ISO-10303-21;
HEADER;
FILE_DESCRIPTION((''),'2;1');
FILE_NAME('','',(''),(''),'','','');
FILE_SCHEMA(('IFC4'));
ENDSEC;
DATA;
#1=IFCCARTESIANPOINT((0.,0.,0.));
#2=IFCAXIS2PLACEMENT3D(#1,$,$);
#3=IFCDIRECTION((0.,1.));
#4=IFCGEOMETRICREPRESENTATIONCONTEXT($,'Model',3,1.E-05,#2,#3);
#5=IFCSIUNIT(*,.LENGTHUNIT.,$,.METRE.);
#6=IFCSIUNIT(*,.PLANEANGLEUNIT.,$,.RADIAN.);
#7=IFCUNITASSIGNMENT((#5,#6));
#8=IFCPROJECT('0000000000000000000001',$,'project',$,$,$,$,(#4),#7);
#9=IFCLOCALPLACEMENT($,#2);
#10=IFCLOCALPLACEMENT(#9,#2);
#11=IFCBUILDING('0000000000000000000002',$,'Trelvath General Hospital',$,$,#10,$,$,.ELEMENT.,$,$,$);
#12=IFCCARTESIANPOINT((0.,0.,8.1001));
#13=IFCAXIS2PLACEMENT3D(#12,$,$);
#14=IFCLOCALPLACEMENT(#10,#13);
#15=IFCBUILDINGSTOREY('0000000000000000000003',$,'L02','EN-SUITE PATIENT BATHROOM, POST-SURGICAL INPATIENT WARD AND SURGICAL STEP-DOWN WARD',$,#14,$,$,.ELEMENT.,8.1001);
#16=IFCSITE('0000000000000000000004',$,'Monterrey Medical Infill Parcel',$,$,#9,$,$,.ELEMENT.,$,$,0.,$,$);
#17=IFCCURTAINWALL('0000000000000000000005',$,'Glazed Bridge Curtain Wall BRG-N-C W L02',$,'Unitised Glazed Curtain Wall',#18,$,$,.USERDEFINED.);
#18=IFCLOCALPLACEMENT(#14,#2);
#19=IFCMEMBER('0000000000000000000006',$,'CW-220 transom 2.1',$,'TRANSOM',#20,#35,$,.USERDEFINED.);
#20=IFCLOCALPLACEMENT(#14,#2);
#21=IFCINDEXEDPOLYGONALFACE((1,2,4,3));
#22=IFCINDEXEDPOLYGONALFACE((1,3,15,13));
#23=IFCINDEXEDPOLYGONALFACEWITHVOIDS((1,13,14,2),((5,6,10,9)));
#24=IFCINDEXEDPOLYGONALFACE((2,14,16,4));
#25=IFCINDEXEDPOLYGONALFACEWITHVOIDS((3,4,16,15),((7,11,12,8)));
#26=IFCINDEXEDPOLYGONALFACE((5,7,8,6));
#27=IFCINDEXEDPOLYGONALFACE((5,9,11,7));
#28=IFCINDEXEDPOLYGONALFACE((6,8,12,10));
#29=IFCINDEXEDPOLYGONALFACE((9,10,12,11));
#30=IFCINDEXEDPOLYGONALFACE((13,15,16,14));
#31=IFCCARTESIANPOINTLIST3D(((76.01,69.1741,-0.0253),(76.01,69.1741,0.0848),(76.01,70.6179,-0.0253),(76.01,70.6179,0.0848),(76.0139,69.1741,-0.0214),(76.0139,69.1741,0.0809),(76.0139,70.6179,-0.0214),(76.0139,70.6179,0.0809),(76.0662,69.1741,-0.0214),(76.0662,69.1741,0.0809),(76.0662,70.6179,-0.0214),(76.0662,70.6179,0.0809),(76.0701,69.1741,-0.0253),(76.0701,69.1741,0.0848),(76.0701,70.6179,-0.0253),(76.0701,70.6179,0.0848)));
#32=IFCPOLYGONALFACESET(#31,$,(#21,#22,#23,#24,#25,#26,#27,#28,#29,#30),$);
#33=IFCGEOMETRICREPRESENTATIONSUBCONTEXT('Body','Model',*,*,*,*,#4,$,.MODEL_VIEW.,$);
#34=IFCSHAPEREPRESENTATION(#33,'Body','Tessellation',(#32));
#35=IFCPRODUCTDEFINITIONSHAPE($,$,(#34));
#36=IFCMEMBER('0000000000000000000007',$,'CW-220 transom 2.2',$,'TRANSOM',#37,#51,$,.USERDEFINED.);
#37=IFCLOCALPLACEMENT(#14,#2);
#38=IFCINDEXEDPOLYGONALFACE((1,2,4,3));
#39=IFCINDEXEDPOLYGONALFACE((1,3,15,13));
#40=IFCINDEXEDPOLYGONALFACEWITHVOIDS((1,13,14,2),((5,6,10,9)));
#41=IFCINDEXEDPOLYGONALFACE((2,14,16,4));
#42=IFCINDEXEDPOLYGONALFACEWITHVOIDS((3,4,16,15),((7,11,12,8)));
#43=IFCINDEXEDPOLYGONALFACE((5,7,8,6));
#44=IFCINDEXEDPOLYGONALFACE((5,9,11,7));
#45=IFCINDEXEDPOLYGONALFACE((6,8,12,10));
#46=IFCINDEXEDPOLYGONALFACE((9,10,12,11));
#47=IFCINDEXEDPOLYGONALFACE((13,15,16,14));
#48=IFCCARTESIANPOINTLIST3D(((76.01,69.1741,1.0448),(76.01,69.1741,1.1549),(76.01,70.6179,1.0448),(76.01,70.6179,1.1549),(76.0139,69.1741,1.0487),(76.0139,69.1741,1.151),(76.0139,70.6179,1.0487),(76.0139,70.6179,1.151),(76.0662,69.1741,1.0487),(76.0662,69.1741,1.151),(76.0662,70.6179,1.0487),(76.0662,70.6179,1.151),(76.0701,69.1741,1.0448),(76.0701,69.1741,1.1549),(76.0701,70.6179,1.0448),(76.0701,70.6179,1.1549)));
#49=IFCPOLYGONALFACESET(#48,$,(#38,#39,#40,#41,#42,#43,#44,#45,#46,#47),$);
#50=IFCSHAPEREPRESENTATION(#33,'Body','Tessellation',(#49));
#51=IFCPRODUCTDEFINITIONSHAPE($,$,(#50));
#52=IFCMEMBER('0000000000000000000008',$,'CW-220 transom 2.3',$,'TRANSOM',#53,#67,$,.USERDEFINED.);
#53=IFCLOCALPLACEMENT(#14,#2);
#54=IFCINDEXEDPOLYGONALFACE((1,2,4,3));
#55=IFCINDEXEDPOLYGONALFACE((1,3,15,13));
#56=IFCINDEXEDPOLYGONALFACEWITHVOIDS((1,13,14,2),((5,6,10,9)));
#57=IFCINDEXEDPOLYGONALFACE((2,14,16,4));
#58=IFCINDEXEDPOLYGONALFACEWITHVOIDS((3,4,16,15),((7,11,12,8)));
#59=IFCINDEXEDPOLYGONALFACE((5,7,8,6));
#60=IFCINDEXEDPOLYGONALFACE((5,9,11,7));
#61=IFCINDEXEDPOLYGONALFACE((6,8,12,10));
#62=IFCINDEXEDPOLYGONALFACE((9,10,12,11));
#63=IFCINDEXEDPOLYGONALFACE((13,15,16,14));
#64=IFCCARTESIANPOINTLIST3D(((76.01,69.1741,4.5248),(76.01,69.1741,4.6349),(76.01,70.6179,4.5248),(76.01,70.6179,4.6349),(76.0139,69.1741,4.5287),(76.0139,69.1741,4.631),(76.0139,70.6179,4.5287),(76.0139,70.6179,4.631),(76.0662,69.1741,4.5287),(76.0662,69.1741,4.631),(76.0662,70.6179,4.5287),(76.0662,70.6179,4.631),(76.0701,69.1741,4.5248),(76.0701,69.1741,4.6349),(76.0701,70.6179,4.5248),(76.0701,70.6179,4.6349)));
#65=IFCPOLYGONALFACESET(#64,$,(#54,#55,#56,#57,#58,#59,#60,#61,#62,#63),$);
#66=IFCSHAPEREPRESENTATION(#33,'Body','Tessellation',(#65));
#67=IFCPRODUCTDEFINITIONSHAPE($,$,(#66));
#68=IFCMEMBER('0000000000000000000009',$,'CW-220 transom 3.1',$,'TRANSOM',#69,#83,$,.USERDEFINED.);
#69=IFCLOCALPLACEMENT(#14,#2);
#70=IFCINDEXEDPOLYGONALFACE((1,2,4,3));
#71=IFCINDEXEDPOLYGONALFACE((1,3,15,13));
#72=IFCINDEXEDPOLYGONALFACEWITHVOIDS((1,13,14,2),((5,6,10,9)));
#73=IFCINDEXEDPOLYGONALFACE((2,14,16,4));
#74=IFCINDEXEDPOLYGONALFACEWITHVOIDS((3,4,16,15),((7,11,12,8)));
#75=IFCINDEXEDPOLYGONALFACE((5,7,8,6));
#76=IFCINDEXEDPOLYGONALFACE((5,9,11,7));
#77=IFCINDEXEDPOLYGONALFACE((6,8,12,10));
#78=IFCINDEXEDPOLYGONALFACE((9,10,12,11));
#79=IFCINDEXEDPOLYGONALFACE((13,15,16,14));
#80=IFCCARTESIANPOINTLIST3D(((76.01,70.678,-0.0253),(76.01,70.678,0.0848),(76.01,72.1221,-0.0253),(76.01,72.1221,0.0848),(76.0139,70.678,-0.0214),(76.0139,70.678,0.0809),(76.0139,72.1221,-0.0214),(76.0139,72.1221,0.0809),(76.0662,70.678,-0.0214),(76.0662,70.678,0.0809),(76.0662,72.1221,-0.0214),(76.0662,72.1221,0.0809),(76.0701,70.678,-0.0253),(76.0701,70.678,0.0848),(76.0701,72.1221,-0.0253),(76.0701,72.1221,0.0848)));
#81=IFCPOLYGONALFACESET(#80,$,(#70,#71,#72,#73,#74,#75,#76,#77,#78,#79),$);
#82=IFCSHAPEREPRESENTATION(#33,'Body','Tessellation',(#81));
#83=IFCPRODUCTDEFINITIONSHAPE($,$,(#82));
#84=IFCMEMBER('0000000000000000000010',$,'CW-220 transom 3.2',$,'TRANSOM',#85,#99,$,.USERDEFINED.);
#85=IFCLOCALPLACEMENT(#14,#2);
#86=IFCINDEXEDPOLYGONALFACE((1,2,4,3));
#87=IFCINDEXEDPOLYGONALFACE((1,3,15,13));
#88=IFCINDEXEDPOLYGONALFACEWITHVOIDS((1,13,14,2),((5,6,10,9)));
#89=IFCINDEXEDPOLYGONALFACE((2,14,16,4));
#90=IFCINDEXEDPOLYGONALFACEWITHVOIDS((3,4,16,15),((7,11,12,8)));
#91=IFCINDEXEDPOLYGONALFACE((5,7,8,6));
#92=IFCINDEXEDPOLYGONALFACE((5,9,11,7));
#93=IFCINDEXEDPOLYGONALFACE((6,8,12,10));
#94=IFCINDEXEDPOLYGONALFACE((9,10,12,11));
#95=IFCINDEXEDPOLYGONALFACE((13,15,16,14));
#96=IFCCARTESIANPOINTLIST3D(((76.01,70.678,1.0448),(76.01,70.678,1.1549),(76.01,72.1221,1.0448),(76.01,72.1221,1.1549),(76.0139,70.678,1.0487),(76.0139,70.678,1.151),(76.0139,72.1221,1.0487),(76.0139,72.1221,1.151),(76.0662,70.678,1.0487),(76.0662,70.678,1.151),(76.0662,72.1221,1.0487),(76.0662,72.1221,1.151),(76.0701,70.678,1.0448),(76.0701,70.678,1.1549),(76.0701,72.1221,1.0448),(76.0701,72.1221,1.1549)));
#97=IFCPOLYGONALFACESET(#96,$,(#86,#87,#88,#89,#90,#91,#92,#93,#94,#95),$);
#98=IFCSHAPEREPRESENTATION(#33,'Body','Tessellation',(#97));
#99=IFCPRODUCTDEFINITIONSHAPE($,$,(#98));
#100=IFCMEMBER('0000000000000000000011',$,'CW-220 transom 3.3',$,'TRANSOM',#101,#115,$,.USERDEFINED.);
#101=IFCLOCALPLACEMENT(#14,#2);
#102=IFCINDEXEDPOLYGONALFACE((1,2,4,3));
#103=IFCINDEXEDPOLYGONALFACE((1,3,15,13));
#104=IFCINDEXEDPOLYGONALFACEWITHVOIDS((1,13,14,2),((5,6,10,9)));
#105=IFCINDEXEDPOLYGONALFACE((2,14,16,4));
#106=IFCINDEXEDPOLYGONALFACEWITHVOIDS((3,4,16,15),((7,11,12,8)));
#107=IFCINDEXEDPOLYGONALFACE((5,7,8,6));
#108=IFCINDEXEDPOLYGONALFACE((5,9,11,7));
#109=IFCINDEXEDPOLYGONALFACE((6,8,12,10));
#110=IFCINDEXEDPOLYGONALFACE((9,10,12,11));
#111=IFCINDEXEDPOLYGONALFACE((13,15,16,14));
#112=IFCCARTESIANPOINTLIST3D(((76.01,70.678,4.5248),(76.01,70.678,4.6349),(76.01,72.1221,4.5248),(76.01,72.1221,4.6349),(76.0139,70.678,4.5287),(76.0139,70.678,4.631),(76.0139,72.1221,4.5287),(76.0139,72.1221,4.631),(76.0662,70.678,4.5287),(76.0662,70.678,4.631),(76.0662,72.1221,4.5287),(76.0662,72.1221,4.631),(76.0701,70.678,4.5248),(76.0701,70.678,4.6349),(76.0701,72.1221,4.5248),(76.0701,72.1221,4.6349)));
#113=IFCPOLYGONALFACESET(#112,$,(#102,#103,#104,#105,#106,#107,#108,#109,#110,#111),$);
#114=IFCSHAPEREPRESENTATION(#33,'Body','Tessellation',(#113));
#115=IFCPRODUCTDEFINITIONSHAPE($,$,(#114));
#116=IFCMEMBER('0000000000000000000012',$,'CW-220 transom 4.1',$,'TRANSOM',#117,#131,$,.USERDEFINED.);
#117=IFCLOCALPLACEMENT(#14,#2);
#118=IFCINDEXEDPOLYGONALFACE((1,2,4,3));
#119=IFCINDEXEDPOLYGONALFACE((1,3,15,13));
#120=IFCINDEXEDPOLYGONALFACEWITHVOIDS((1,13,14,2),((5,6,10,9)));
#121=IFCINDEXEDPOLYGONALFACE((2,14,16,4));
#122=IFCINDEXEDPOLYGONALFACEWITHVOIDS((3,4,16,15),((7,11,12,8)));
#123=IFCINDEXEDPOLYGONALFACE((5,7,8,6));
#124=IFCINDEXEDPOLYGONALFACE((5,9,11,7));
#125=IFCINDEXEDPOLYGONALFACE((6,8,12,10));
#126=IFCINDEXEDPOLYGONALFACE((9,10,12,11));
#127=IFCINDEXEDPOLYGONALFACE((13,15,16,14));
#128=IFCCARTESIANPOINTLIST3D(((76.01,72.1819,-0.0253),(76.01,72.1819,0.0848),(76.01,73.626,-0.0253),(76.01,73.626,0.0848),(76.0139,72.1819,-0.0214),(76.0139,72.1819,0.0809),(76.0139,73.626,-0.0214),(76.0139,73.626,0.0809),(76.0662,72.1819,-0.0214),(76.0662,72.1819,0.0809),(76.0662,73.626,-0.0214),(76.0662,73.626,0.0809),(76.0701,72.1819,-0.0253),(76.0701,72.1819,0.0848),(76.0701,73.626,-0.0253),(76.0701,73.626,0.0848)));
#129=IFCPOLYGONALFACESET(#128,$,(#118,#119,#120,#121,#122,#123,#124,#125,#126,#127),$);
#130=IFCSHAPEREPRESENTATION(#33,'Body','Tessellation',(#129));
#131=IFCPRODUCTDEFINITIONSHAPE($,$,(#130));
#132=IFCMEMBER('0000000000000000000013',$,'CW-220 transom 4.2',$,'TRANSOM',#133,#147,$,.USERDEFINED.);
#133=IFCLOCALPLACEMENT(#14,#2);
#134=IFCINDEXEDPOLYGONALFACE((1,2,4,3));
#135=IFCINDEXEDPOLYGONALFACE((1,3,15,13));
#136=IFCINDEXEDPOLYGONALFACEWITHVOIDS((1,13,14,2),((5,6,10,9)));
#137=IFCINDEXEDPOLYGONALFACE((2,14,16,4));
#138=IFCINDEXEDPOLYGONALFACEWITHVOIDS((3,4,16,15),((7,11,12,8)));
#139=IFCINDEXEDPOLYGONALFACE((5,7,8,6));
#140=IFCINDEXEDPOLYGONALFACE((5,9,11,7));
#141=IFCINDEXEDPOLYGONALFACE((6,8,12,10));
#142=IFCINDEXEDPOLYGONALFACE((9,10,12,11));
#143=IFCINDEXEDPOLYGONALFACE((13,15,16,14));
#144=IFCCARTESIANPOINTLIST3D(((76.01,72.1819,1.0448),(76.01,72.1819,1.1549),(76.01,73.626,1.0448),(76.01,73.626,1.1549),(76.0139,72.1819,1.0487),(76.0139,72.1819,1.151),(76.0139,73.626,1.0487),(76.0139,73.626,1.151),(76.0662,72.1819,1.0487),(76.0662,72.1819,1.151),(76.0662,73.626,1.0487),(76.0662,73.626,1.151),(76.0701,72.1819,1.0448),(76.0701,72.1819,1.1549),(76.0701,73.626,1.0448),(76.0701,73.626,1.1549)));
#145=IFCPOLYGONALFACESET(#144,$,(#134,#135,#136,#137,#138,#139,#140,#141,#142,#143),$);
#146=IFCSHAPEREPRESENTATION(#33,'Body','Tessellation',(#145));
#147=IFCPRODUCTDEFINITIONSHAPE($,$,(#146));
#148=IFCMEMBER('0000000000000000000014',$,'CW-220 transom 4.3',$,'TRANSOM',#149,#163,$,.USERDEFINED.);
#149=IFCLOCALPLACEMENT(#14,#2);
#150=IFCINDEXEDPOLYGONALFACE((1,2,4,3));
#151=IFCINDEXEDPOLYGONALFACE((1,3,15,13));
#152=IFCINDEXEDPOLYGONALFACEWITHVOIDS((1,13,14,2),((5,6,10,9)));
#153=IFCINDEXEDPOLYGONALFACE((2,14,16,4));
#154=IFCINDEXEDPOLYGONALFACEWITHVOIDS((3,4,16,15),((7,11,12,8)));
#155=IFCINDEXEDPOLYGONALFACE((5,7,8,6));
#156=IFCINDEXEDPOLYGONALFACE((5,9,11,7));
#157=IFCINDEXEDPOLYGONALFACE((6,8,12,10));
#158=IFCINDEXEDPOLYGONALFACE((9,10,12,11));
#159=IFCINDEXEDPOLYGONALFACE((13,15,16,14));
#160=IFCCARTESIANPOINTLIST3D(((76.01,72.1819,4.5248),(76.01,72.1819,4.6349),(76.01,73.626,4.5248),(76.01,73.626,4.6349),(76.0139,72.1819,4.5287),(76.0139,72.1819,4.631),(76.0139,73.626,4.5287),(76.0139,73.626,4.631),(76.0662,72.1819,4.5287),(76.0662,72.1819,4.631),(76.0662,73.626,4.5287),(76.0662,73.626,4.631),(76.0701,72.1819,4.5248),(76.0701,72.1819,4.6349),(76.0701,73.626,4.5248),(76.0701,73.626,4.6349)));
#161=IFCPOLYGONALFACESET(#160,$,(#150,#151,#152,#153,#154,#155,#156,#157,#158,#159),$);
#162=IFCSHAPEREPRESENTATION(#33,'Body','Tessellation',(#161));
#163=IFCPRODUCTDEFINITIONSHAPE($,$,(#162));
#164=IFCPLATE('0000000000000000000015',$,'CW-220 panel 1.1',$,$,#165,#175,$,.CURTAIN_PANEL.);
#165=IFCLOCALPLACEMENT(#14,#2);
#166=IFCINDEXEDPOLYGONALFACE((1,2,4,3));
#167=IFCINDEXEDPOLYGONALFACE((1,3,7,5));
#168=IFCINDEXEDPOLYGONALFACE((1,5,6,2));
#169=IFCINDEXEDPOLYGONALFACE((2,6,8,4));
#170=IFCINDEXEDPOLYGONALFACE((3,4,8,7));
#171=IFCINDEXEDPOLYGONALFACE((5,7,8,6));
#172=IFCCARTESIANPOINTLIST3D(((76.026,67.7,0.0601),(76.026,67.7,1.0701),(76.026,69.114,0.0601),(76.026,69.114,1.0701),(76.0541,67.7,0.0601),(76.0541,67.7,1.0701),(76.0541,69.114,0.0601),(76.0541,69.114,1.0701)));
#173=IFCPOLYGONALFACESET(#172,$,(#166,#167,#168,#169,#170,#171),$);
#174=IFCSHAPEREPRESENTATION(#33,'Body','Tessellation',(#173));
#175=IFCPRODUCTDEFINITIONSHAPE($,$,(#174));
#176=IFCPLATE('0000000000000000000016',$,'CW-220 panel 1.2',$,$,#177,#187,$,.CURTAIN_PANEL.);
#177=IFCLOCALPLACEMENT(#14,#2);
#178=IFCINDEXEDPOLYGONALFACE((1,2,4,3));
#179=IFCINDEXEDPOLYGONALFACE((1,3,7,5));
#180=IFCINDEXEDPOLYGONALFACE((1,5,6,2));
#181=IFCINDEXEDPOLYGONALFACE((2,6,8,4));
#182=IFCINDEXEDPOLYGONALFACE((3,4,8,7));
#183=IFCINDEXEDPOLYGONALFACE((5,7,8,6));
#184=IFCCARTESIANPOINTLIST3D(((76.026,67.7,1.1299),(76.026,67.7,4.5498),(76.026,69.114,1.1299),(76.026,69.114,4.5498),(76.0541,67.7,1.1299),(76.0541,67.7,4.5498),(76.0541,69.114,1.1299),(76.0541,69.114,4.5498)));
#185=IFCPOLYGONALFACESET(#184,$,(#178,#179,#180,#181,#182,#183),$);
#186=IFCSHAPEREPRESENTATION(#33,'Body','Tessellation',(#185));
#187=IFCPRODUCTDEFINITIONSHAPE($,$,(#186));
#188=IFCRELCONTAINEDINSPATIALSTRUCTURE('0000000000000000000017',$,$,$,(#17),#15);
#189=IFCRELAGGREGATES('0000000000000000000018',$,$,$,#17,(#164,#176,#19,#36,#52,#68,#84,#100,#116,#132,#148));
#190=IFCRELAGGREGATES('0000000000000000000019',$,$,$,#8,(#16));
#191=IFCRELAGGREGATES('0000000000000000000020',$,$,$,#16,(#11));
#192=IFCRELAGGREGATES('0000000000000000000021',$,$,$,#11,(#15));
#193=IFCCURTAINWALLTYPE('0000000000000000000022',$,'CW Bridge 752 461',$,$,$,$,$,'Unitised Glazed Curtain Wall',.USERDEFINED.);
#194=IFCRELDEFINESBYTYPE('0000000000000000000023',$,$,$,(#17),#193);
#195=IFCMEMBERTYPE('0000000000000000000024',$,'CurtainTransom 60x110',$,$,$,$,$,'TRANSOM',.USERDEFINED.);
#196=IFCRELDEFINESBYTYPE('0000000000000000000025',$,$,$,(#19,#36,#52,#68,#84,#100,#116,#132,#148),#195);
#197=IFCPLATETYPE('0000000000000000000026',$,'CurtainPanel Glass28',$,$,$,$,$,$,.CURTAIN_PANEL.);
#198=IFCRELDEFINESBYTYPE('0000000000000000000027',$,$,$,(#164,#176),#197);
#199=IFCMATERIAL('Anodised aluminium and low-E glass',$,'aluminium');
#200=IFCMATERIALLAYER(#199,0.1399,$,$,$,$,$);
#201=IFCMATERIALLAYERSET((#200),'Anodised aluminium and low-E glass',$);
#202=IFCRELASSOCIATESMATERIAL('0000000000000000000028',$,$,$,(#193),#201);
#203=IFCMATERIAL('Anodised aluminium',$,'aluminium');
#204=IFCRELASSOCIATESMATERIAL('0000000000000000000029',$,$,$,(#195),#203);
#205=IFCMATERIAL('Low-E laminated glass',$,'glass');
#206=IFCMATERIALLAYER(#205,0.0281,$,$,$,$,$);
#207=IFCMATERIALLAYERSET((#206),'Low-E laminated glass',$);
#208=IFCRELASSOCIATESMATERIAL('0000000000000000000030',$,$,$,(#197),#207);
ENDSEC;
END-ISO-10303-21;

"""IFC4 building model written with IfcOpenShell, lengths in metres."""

from ifc_helpers import new_model, si_unit, direction, frame, origin, origin_2d, place, context, subcontext, project, spatial, rectangle, hollow_rectangle, extrude, material, layer, layer_set, material_profile, profile_set, type_object, element, aggregate, save


model = new_model("IFC4")

# Units and contexts
model_context = context("Model", 3, precision=1e-05, world=origin(), true_north=direction((0.0, 1.0)))
body_context = subcontext(model_context, "Body", "Model", "MODEL_VIEW")
ifc_project = project(units=[si_unit("LENGTHUNIT", "METRE"), si_unit("PLANEANGLEUNIT", "RADIAN")], contexts=[model_context])

# Site, building, storey
site_placement = place(None, origin())
site = spatial("IfcSite", under=ifc_project, at=site_placement, Name="Monterrey Medical Infill Parcel", CompositionType="ELEMENT", RefElevation=0.0)
building_placement = place(site_placement, origin())
building = spatial("IfcBuilding", under=site, at=building_placement, Name="Trelvath General Hospital", CompositionType="ELEMENT")
storey_placement = place(building_placement, frame((0.0, 0.0, 8.1001)))
storey = spatial("IfcBuildingStorey", under=building, at=storey_placement, Name="L02", Description="EN-SUITE PATIENT BATHROOM, POST-SURGICAL INPATIENT WARD AND SURGICAL STEP-DOWN WARD", CompositionType="ELEMENT", Elevation=8.1001)

# Curtain wall, members, plates
ifc_material_1 = material(Name="Anodised aluminium and low-E glass", Category="aluminium")
ifc_layer_1 = layer(ifc_material_1, 0.1399)
ifc_layer_set_1 = layer_set([ifc_layer_1], Name="Anodised aluminium and low-E glass")
curtain_wall_type = type_object("IfcCurtainWallType", Name="CW Bridge 752 461", ElementType="Unitised Glazed Curtain Wall", PredefinedType="USERDEFINED", material=ifc_layer_set_1)
curtain_wall_placement = place(storey_placement, origin())
curtain_wall = element("IfcCurtainWall", 1, at=curtain_wall_placement, inside=storey, type_object=curtain_wall_type, Name="Glazed Bridge Curtain Wall BRG-N-C W L02", ObjectType="Unitised Glazed Curtain Wall", PredefinedType="USERDEFINED")
ifc_material_2 = material(Name="Anodised aluminium", Category="aluminium")
ifc_material_profile_1 = material_profile(ifc_material_2, hollow_rectangle(XDim=0.0601, YDim=0.1101, WallThickness=0.0039, at=origin_2d()), Name="RHS60x110x4")
ifc_profile_set_1 = profile_set([ifc_material_profile_1], Name="Anodised aluminium")
member_type_1 = type_object("IfcMemberType", Name="CurtainTransom 60x110", ElementType="TRANSOM", PredefinedType="USERDEFINED", material=ifc_profile_set_1)
member_1_placement = place(storey_placement, frame((76.04, 69.1741, 0.0298), z_axis=(0.0, 1.0, 0.0), x_axis=(-1.0, 0.0, 0.0)))
member_1 = element("IfcMember", 2, at=member_1_placement, type_object=member_type_1, Name="CW-220 transom 2.1", ObjectType="TRANSOM", PredefinedType="USERDEFINED", context=body_context, shape_type="SweptSolid", body=[
    extrude(hollow_rectangle(XDim=0.0601, YDim=0.1101, WallThickness=0.0039, at=origin_2d()), origin(), (0.0, 0.0, 1.0), 1.4438),
])
member_2_placement = place(storey_placement, frame((76.04, 69.1741, 1.0999), z_axis=(0.0, 1.0, 0.0), x_axis=(-1.0, 0.0, 0.0)))
member_2 = element("IfcMember", 3, at=member_2_placement, type_object=member_type_1, Name="CW-220 transom 2.2", ObjectType="TRANSOM", PredefinedType="USERDEFINED", context=body_context, shape_type="SweptSolid", body=[
    extrude(hollow_rectangle(XDim=0.0601, YDim=0.1101, WallThickness=0.0039, at=origin_2d()), origin(), (0.0, 0.0, 1.0), 1.4438),
])
member_3_placement = place(storey_placement, frame((76.04, 69.1741, 4.5798), z_axis=(0.0, 1.0, 0.0), x_axis=(-1.0, 0.0, 0.0)))
member_3 = element("IfcMember", 4, at=member_3_placement, type_object=member_type_1, Name="CW-220 transom 2.3", ObjectType="TRANSOM", PredefinedType="USERDEFINED", context=body_context, shape_type="SweptSolid", body=[
    extrude(hollow_rectangle(XDim=0.0601, YDim=0.1101, WallThickness=0.0039, at=origin_2d()), origin(), (0.0, 0.0, 1.0), 1.4438),
])
member_4_placement = place(storey_placement, frame((76.04, 70.678, 0.0298), z_axis=(0.0, 1.0, 0.0), x_axis=(-1.0, 0.0, 0.0)))
member_4 = element("IfcMember", 5, at=member_4_placement, type_object=member_type_1, Name="CW-220 transom 3.1", ObjectType="TRANSOM", PredefinedType="USERDEFINED", context=body_context, shape_type="SweptSolid", body=[
    extrude(hollow_rectangle(XDim=0.0601, YDim=0.1101, WallThickness=0.0039, at=origin_2d()), origin(), (0.0, 0.0, 1.0), 1.4441),
])
member_5_placement = place(storey_placement, frame((76.04, 70.678, 1.0999), z_axis=(0.0, 1.0, 0.0), x_axis=(-1.0, 0.0, 0.0)))
member_5 = element("IfcMember", 6, at=member_5_placement, type_object=member_type_1, Name="CW-220 transom 3.2", ObjectType="TRANSOM", PredefinedType="USERDEFINED", context=body_context, shape_type="SweptSolid", body=[
    extrude(hollow_rectangle(XDim=0.0601, YDim=0.1101, WallThickness=0.0039, at=origin_2d()), origin(), (0.0, 0.0, 1.0), 1.4441),
])
member_6_placement = place(storey_placement, frame((76.04, 70.678, 4.5798), z_axis=(0.0, 1.0, 0.0), x_axis=(-1.0, 0.0, 0.0)))
member_6 = element("IfcMember", 7, at=member_6_placement, type_object=member_type_1, Name="CW-220 transom 3.3", ObjectType="TRANSOM", PredefinedType="USERDEFINED", context=body_context, shape_type="SweptSolid", body=[
    extrude(hollow_rectangle(XDim=0.0601, YDim=0.1101, WallThickness=0.0039, at=origin_2d()), origin(), (0.0, 0.0, 1.0), 1.4441),
])
member_7_placement = place(storey_placement, frame((76.04, 72.1819, 0.0298), z_axis=(0.0, 1.0, 0.0), x_axis=(-1.0, 0.0, 0.0)))
member_7 = element("IfcMember", 8, at=member_7_placement, type_object=member_type_1, Name="CW-220 transom 4.1", ObjectType="TRANSOM", PredefinedType="USERDEFINED", context=body_context, shape_type="SweptSolid", body=[
    extrude(hollow_rectangle(XDim=0.0601, YDim=0.1101, WallThickness=0.0039, at=origin_2d()), origin(), (0.0, 0.0, 1.0), 1.4441),
])
member_8_placement = place(storey_placement, frame((76.04, 72.1819, 1.0999), z_axis=(0.0, 1.0, 0.0), x_axis=(-1.0, 0.0, 0.0)))
member_8 = element("IfcMember", 9, at=member_8_placement, type_object=member_type_1, Name="CW-220 transom 4.2", ObjectType="TRANSOM", PredefinedType="USERDEFINED", context=body_context, shape_type="SweptSolid", body=[
    extrude(hollow_rectangle(XDim=0.0601, YDim=0.1101, WallThickness=0.0039, at=origin_2d()), origin(), (0.0, 0.0, 1.0), 1.4441),
])
member_9_placement = place(storey_placement, frame((76.04, 72.1819, 4.5798), z_axis=(0.0, 1.0, 0.0), x_axis=(-1.0, 0.0, 0.0)))
member_9 = element("IfcMember", 10, at=member_9_placement, type_object=member_type_1, Name="CW-220 transom 4.3", ObjectType="TRANSOM", PredefinedType="USERDEFINED", context=body_context, shape_type="SweptSolid", body=[
    extrude(hollow_rectangle(XDim=0.0601, YDim=0.1101, WallThickness=0.0039, at=origin_2d()), origin(), (0.0, 0.0, 1.0), 1.4441),
])
ifc_material_3 = material(Name="Low-E laminated glass", Category="glass")
ifc_layer_2 = layer(ifc_material_3, 0.0281)
ifc_layer_set_2 = layer_set([ifc_layer_2], Name="Low-E laminated glass")
plate_type = type_object("IfcPlateType", Name="CurtainPanel Glass28", PredefinedType="CURTAIN_PANEL", material=ifc_layer_set_2)
plate_1_placement = place(storey_placement, frame((76.04, 68.407, 0.0601), z_axis=(0.0, 0.0, 1.0), x_axis=(0.0, 1.0, 0.0)))
plate_1 = element("IfcPlate", 11, at=plate_1_placement, type_object=plate_type, Name="CW-220 panel 1.1", PredefinedType="CURTAIN_PANEL", context=body_context, shape_type="SweptSolid", body=[
    extrude(rectangle(XDim=1.4141, YDim=0.0281, at=origin_2d()), origin(), (0.0, 0.0, 1.0), 1.01),
])
plate_2_placement = place(storey_placement, frame((76.04, 68.407, 1.1299), z_axis=(0.0, 0.0, 1.0), x_axis=(0.0, 1.0, 0.0)))
plate_2 = element("IfcPlate", 12, at=plate_2_placement, type_object=plate_type, Name="CW-220 panel 1.2", PredefinedType="CURTAIN_PANEL", context=body_context, shape_type="SweptSolid", body=[
    extrude(rectangle(XDim=1.4141, YDim=0.0281, at=origin_2d()), origin(), (0.0, 0.0, 1.0), 3.4199),
])
aggregate(curtain_wall, [plate_1, plate_2, member_1, member_2, member_3, member_4, member_5, member_6, member_7, member_8, member_9])

save(model, "model.ifc")
